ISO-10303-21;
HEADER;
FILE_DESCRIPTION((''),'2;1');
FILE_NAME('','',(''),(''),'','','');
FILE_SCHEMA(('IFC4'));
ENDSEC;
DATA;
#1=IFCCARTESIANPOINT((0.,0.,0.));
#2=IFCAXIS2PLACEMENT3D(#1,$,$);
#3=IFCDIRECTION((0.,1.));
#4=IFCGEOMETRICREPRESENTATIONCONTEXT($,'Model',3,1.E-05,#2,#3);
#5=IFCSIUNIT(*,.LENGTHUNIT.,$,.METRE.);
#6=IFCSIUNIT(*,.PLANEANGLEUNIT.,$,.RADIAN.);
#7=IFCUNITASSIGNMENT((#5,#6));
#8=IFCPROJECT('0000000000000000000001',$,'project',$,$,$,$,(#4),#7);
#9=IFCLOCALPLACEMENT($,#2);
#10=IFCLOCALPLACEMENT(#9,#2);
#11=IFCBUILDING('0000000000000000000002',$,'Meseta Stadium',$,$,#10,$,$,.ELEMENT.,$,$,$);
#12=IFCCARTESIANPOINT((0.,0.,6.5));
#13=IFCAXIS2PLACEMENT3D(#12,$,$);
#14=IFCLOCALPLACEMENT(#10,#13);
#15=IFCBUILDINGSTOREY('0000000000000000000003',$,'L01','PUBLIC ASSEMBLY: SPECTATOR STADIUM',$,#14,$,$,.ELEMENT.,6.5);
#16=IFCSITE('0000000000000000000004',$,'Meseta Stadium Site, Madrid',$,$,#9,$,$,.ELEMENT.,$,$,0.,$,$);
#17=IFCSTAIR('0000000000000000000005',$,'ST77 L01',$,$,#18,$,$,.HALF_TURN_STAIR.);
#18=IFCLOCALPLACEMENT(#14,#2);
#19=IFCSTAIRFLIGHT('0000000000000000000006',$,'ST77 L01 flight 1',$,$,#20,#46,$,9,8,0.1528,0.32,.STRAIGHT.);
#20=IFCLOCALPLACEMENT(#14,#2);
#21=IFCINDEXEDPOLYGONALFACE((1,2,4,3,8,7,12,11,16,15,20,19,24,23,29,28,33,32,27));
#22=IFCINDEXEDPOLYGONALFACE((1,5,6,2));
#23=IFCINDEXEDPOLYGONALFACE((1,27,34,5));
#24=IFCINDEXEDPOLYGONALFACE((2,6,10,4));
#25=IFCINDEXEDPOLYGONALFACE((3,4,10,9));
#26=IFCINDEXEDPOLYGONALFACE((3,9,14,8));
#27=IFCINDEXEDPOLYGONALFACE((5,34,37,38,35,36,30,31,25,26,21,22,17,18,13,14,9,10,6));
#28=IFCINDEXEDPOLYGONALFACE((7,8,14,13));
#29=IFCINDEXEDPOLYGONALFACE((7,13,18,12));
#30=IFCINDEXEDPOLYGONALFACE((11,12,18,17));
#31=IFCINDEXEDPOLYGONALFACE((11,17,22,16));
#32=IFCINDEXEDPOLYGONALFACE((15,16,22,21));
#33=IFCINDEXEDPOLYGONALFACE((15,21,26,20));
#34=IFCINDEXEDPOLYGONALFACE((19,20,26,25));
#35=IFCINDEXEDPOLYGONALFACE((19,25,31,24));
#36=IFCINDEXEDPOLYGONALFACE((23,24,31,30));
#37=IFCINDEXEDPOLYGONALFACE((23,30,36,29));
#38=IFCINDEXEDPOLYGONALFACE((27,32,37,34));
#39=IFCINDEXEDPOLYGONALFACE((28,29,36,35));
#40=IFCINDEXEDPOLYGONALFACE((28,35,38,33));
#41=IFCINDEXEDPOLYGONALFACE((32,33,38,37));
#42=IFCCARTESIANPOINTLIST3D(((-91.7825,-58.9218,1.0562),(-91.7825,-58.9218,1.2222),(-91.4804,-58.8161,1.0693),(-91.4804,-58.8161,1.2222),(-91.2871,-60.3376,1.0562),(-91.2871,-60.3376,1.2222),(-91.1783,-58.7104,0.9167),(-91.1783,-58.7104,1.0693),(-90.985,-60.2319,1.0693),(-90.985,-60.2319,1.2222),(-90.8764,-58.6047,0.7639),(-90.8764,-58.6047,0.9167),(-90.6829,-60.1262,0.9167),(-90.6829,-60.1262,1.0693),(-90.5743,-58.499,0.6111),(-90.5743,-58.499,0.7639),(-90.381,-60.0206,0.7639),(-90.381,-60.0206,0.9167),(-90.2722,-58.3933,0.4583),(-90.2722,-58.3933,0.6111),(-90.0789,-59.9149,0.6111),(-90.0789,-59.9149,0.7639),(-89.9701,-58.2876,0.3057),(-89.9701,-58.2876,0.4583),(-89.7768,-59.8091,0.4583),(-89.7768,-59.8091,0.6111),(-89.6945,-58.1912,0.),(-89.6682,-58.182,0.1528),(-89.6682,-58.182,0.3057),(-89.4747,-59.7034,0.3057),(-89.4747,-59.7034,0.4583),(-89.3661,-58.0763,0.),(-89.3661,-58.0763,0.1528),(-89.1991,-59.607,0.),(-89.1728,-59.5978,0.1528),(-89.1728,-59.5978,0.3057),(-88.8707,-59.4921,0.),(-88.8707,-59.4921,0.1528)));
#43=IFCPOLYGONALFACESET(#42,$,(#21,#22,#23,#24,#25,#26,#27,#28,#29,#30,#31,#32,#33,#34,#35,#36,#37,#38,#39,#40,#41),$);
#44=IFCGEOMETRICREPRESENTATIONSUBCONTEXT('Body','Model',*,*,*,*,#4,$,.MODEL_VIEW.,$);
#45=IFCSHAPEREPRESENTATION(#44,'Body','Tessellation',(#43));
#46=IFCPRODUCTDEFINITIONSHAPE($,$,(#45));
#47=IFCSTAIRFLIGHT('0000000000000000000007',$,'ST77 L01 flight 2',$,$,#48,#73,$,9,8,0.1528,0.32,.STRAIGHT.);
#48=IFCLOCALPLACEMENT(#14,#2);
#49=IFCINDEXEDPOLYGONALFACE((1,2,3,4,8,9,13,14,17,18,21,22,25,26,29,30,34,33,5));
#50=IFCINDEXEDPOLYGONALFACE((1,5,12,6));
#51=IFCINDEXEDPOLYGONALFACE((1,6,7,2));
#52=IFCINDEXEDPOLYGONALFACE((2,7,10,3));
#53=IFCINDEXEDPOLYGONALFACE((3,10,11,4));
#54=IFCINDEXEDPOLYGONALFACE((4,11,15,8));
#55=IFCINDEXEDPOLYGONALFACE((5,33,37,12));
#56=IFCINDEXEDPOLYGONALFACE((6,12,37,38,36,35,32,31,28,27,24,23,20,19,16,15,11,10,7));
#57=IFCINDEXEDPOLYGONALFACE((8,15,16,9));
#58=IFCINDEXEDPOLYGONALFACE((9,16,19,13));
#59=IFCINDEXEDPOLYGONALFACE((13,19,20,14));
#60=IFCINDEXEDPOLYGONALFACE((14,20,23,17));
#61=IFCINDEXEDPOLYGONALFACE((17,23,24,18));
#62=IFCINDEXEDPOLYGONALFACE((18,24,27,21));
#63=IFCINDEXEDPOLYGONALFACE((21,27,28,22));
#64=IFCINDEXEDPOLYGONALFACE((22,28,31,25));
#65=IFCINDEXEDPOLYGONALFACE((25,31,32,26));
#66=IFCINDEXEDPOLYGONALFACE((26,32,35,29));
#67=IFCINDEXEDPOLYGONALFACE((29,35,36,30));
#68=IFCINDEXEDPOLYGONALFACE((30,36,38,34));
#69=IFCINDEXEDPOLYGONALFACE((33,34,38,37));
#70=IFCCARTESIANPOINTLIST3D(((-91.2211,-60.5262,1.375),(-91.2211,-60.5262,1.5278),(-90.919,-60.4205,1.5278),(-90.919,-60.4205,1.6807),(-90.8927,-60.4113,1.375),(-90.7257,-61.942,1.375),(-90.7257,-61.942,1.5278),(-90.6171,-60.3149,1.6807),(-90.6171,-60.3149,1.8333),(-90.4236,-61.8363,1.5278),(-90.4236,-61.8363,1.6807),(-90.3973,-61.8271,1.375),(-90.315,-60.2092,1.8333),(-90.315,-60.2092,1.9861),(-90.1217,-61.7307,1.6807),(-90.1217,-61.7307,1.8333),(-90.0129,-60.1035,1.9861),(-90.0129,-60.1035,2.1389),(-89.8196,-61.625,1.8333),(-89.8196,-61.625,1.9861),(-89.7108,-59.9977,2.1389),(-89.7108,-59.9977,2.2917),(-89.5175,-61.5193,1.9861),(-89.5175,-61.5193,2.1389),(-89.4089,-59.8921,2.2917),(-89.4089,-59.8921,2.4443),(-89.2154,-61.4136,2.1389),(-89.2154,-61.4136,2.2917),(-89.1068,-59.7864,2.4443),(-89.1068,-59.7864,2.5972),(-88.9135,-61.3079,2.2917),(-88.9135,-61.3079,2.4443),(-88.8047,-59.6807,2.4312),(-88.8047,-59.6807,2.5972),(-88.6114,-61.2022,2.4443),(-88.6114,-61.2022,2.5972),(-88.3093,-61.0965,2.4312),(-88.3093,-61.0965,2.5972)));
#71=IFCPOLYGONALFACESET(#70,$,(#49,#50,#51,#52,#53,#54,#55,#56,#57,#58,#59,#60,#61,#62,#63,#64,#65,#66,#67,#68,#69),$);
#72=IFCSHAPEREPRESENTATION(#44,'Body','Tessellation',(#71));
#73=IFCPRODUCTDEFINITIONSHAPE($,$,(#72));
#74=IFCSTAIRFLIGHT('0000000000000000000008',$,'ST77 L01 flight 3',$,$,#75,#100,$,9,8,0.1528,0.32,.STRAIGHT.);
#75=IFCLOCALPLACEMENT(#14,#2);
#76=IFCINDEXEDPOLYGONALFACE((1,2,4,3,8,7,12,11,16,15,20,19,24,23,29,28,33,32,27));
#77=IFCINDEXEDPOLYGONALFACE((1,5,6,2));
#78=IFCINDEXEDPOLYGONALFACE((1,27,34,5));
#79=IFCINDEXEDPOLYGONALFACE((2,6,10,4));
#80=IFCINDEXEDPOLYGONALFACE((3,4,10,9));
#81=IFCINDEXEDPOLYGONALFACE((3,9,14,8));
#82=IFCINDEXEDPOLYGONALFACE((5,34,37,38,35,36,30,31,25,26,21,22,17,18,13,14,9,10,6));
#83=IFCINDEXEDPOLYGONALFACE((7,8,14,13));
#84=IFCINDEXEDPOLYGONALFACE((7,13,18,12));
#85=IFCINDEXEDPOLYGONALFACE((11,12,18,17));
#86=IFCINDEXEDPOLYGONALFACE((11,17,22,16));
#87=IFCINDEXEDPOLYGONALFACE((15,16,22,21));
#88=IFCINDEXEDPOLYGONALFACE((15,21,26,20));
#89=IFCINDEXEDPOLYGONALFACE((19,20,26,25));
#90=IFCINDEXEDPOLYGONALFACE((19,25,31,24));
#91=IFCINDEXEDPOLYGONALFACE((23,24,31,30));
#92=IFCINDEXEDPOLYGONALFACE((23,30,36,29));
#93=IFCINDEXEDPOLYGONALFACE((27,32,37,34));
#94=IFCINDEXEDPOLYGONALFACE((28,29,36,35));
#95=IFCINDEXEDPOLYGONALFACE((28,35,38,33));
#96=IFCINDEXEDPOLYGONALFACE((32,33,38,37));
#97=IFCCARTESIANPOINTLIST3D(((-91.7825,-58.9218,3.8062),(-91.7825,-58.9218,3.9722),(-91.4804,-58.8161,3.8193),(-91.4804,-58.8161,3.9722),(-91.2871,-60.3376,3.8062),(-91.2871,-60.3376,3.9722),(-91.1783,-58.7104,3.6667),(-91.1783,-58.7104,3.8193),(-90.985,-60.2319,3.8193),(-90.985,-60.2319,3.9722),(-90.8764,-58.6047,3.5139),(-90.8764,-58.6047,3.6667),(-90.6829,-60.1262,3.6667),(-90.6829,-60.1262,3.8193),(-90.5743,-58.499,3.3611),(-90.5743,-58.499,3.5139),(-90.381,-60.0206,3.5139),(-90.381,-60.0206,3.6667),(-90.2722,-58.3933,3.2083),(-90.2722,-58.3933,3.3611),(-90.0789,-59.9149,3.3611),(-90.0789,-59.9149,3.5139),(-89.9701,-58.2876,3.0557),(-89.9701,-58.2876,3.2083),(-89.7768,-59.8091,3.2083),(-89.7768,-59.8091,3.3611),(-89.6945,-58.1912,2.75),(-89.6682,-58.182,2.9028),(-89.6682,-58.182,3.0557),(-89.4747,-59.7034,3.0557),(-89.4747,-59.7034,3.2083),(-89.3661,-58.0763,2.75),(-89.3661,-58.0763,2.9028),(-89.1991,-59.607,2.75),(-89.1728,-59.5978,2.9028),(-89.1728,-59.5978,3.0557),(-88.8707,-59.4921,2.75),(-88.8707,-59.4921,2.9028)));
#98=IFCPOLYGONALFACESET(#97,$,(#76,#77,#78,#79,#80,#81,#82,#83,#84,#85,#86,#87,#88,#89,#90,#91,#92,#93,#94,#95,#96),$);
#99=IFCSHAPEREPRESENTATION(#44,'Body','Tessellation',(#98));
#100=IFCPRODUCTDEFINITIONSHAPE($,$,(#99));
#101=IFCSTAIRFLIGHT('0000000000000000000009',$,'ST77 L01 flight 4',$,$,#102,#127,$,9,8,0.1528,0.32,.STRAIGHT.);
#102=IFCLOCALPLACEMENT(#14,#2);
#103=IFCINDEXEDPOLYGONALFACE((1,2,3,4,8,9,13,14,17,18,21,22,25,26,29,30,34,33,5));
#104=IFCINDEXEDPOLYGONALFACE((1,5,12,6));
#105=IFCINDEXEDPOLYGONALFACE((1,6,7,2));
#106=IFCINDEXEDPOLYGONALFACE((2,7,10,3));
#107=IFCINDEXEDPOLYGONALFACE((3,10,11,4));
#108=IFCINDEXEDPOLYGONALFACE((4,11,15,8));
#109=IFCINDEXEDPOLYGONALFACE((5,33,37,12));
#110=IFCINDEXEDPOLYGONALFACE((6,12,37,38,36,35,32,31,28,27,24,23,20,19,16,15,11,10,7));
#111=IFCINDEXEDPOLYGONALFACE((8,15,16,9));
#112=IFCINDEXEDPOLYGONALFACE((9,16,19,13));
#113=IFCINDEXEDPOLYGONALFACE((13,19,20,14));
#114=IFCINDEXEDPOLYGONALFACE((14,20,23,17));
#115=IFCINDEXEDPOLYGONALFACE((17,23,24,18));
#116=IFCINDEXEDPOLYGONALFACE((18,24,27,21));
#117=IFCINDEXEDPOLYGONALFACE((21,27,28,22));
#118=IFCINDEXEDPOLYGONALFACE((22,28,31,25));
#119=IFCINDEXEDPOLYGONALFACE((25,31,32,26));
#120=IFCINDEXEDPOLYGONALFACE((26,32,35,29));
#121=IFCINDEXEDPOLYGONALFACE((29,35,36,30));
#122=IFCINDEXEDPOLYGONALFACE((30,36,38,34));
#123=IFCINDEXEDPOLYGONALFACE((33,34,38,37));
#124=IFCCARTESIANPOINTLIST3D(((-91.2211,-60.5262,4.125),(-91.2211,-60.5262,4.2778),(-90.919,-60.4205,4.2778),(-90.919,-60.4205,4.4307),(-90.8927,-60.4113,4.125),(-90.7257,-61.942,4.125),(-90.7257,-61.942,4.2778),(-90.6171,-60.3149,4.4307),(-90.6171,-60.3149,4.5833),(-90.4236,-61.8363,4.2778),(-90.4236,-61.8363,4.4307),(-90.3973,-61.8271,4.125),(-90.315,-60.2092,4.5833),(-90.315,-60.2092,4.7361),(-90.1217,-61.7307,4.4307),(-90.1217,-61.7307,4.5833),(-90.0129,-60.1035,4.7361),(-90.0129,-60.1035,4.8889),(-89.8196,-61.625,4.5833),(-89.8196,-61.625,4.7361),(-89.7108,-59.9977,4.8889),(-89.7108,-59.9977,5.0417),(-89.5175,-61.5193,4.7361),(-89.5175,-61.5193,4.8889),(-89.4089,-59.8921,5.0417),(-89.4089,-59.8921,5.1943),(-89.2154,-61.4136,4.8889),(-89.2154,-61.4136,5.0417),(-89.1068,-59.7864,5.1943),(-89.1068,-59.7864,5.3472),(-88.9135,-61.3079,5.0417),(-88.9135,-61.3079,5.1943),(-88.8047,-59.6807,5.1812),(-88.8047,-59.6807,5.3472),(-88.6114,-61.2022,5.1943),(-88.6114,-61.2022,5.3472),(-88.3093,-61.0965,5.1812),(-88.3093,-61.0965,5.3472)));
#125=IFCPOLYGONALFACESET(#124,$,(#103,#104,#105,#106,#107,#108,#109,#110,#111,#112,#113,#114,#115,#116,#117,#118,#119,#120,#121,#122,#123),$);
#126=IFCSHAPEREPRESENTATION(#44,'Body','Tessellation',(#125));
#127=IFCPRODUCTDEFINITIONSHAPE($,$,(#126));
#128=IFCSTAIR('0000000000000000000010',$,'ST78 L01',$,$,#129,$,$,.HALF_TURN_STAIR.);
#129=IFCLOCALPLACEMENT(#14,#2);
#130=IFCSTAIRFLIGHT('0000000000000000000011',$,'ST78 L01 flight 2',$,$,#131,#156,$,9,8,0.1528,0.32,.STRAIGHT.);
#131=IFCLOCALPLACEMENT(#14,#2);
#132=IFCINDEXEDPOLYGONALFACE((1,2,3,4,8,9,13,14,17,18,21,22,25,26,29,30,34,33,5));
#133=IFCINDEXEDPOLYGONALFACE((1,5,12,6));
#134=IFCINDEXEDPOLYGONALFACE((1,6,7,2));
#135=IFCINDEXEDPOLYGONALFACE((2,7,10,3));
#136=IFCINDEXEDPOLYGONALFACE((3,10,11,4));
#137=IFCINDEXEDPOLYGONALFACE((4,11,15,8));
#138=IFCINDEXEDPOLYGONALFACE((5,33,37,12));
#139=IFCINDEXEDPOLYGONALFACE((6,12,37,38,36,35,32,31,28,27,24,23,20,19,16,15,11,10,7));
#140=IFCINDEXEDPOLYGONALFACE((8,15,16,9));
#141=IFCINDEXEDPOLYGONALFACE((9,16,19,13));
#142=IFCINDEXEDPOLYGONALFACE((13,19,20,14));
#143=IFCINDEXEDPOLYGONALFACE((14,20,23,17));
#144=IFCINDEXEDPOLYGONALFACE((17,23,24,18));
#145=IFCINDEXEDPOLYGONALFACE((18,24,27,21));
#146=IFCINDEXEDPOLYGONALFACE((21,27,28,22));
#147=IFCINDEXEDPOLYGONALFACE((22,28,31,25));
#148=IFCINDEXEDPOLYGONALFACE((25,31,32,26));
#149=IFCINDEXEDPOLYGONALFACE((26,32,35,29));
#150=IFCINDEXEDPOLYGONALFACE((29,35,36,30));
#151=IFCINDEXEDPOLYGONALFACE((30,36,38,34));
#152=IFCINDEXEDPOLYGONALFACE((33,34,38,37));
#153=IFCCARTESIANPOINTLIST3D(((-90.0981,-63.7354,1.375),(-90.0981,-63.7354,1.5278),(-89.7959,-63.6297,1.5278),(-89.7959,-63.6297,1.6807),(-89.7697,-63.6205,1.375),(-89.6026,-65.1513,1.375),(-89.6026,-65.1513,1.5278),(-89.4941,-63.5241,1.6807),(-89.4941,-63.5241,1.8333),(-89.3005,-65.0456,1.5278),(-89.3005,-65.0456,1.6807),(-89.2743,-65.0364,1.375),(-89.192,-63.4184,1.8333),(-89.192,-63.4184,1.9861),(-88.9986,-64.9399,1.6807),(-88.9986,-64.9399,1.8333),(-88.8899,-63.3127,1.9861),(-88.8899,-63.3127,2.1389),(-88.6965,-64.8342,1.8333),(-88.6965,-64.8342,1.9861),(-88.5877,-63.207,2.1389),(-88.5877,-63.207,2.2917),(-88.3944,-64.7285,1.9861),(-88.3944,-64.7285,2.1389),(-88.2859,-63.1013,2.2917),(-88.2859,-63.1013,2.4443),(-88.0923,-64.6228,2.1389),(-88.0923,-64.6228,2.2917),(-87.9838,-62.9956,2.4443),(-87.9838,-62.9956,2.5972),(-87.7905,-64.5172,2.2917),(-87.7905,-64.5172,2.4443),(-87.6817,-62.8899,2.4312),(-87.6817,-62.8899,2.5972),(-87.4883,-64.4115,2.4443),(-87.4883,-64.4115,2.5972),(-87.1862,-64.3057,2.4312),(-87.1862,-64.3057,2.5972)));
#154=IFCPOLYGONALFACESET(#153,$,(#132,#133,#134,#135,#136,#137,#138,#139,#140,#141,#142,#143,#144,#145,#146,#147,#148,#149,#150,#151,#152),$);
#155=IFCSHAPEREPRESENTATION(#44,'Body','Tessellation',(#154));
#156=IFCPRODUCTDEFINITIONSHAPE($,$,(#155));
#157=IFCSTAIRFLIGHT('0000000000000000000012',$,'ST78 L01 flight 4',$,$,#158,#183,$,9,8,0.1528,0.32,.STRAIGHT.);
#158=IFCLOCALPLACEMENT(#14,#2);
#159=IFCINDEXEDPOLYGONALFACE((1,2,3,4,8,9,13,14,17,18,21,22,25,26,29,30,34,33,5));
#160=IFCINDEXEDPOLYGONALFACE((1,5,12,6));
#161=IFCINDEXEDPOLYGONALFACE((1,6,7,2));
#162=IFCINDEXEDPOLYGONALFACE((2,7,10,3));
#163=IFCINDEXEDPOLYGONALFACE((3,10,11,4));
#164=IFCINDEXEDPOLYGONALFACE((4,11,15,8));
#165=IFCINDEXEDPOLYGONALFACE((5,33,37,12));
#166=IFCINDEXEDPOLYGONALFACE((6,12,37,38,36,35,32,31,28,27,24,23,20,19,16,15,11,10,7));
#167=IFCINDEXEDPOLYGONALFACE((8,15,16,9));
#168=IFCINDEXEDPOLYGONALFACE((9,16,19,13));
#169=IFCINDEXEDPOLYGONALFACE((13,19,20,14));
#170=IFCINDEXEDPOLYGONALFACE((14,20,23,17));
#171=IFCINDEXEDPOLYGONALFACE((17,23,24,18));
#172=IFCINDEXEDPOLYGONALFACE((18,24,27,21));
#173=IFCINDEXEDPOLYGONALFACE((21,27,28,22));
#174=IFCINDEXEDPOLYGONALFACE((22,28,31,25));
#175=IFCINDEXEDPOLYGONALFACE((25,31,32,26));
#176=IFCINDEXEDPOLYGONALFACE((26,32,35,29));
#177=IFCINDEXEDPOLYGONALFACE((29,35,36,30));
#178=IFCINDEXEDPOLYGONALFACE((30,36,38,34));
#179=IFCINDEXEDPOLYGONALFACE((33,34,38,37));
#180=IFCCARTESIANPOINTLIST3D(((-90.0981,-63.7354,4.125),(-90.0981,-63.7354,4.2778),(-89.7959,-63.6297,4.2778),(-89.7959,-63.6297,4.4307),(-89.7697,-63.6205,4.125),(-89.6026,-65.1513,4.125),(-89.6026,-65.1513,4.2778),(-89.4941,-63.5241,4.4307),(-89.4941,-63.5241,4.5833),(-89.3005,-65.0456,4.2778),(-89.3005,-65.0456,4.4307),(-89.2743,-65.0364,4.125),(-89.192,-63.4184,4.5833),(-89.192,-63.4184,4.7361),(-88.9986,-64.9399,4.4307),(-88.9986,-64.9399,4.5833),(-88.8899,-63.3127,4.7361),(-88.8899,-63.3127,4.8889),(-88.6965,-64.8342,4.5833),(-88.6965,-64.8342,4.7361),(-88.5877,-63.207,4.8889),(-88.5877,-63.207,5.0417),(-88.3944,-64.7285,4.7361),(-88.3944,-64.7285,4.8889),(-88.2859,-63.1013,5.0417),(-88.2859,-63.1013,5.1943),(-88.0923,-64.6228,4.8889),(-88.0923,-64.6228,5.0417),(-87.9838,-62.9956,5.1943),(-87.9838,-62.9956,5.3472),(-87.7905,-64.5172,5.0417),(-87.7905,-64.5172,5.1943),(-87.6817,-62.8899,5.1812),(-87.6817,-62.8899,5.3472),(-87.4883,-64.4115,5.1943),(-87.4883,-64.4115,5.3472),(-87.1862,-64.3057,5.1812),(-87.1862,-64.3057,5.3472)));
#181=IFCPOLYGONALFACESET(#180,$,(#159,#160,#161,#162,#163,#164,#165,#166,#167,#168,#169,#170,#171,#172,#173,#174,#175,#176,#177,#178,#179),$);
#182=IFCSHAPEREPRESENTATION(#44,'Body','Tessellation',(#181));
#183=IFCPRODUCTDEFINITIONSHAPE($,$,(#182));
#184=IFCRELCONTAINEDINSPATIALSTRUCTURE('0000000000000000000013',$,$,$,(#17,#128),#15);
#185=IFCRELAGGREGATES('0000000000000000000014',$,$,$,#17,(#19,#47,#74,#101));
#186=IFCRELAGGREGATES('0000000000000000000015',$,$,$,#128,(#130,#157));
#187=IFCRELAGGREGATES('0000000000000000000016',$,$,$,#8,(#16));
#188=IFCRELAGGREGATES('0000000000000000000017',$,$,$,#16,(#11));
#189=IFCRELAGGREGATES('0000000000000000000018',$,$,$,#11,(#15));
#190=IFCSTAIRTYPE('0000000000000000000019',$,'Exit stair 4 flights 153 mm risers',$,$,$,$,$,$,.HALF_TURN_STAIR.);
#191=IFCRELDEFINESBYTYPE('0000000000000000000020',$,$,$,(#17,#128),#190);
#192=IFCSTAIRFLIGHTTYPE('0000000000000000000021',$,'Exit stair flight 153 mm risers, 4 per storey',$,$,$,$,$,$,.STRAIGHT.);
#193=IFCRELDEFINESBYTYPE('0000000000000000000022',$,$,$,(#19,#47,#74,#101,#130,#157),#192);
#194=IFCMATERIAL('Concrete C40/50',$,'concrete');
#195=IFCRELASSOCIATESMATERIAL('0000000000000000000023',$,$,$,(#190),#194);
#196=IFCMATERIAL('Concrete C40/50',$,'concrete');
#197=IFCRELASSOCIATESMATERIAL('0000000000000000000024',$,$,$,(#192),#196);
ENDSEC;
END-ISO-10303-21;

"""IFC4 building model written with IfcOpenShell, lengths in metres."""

from ifc_helpers import new_model, si_unit, direction, frame, origin, place, context, subcontext, project, spatial, polyline, outline, extrude, material, type_object, element, aggregate, save


model = new_model("IFC4")

# Units and contexts
model_context = context("Model", 3, precision=1e-05, world=origin(), true_north=direction((0.0, 1.0)))
body_context = subcontext(model_context, "Body", "Model", "MODEL_VIEW")
ifc_project = project(units=[si_unit("LENGTHUNIT", "METRE"), si_unit("PLANEANGLEUNIT", "RADIAN")], contexts=[model_context])

# Site, building, storey
site_placement = place(None, origin())
site = spatial("IfcSite", under=ifc_project, at=site_placement, Name="Meseta Stadium Site, Madrid", CompositionType="ELEMENT", RefElevation=0.0)
building_placement = place(site_placement, origin())
building = spatial("IfcBuilding", under=site, at=building_placement, Name="Meseta Stadium", CompositionType="ELEMENT")
storey_placement = place(building_placement, frame((0.0, 0.0, 6.5)))
storey = spatial("IfcBuildingStorey", under=building, at=storey_placement, Name="L01", Description="PUBLIC ASSEMBLY: SPECTATOR STADIUM", CompositionType="ELEMENT", Elevation=6.5)

# Stairs, stair flights
ifc_material_1 = material(Name="Concrete C40/50", Category="concrete")
stair_type = type_object("IfcStairType", Name="Exit stair 4 flights 153 mm risers", PredefinedType="HALF_TURN_STAIR", material=ifc_material_1)
stair_1_placement = place(storey_placement, origin())
stair_1 = element("IfcStair", 1, at=stair_1_placement, inside=storey, type_object=stair_type, Name="ST77 L01", PredefinedType="HALF_TURN_STAIR")
ifc_material_2 = material(Name="Concrete C40/50", Category="concrete")
stair_flight_type = type_object("IfcStairFlightType", Name="Exit stair flight 153 mm risers, 4 per storey", PredefinedType="STRAIGHT", material=ifc_material_2)
stair_flight_1_placement = place(storey_placement, frame((-89.1184, -58.7842, 0.0), z_axis=(0.0, 0.0, 1.0), x_axis=(-0.943883, -0.330279, 0.0)))
stair_flight_1 = element("IfcStairFlight", 2, at=stair_flight_1_placement, type_object=stair_flight_type, Name="ST77 L01 flight 1", NumberOfRisers=9, NumberOfTreads=8, PredefinedType="STRAIGHT", RiserHeight=0.1528, TreadLength=0.32, context=body_context, shape_type="SweptSolid", body=[
    extrude(outline(polyline([(0.0, 0.0), (0.0, 0.1528), (0.3201, 0.1528), (0.3201, 0.3057), (0.6399, 0.3057), (0.6399, 0.4583), (0.96, 0.4583), (0.96, 0.6111), (1.28, 0.6111), (1.28, 0.7639), (1.6001, 0.7639), (1.6001, 0.9167), (1.9199, 0.9167), (1.9199, 1.0693), (2.24, 1.0693), (2.24, 1.2222), (2.5601, 1.2222), (2.5601, 1.0562), (0.3479, 0.0), (0.0, 0.0)])), frame((0.0, 0.75, 0.0), z_axis=(0.0, -1.0, 0.0), x_axis=(1.0, 0.0, 0.0)), (0.0, 0.0, 1.0), 1.5),
])
stair_flight_2_placement = place(storey_placement, frame((-90.9734, -61.2341, 1.375), z_axis=(0.0, 0.0, 1.0), x_axis=(0.943883, 0.330279, 0.0)))
stair_flight_2 = element("IfcStairFlight", 3, at=stair_flight_2_placement, type_object=stair_flight_type, Name="ST77 L01 flight 2", NumberOfRisers=9, NumberOfTreads=8, PredefinedType="STRAIGHT", RiserHeight=0.1528, TreadLength=0.32, context=body_context, shape_type="SweptSolid", body=[
    extrude(outline(polyline([(0.0, 0.0), (0.0, 0.1528), (0.3201, 0.1528), (0.3201, 0.3057), (0.6399, 0.3057), (0.6399, 0.4583), (0.96, 0.4583), (0.96, 0.6111), (1.28, 0.6111), (1.28, 0.7639), (1.6001, 0.7639), (1.6001, 0.9167), (1.9199, 0.9167), (1.9199, 1.0693), (2.24, 1.0693), (2.24, 1.2222), (2.5601, 1.2222), (2.5601, 1.0562), (0.3479, 0.0), (0.0, 0.0)])), frame((0.0, 0.75, 0.0), z_axis=(0.0, -1.0, 0.0), x_axis=(1.0, 0.0, 0.0)), (0.0, 0.0, 1.0), 1.5),
])
stair_flight_3_placement = place(storey_placement, frame((-89.1184, -58.7842, 2.75), z_axis=(0.0, 0.0, 1.0), x_axis=(-0.943883, -0.330279, 0.0)))
stair_flight_3 = element("IfcStairFlight", 4, at=stair_flight_3_placement, type_object=stair_flight_type, Name="ST77 L01 flight 3", NumberOfRisers=9, NumberOfTreads=8, PredefinedType="STRAIGHT", RiserHeight=0.1528, TreadLength=0.32, context=body_context, shape_type="SweptSolid", body=[
    extrude(outline(polyline([(0.0, 0.0), (0.0, 0.1528), (0.3201, 0.1528), (0.3201, 0.3057), (0.6399, 0.3057), (0.6399, 0.4583), (0.96, 0.4583), (0.96, 0.6111), (1.28, 0.6111), (1.28, 0.7639), (1.6001, 0.7639), (1.6001, 0.9167), (1.9199, 0.9167), (1.9199, 1.0693), (2.24, 1.0693), (2.24, 1.2222), (2.5601, 1.2222), (2.5601, 1.0562), (0.3479, 0.0), (0.0, 0.0)])), frame((0.0, 0.75, 0.0), z_axis=(0.0, -1.0, 0.0), x_axis=(1.0, 0.0, 0.0)), (0.0, 0.0, 1.0), 1.5),
])
stair_flight_4_placement = place(storey_placement, frame((-90.9734, -61.2341, 4.125), z_axis=(0.0, 0.0, 1.0), x_axis=(0.943883, 0.330279, 0.0)))
stair_flight_4 = element("IfcStairFlight", 5, at=stair_flight_4_placement, type_object=stair_flight_type, Name="ST77 L01 flight 4", NumberOfRisers=9, NumberOfTreads=8, PredefinedType="STRAIGHT", RiserHeight=0.1528, TreadLength=0.32, context=body_context, shape_type="SweptSolid", body=[
    extrude(outline(polyline([(0.0, 0.0), (0.0, 0.1528), (0.3201, 0.1528), (0.3201, 0.3057), (0.6399, 0.3057), (0.6399, 0.4583), (0.96, 0.4583), (0.96, 0.6111), (1.28, 0.6111), (1.28, 0.7639), (1.6001, 0.7639), (1.6001, 0.9167), (1.9199, 0.9167), (1.9199, 1.0693), (2.24, 1.0693), (2.24, 1.2222), (2.5601, 1.2222), (2.5601, 1.0562), (0.3479, 0.0), (0.0, 0.0)])), frame((0.0, 0.75, 0.0), z_axis=(0.0, -1.0, 0.0), x_axis=(1.0, 0.0, 0.0)), (0.0, 0.0, 1.0), 1.5),
])
aggregate(stair_1, [stair_flight_1, stair_flight_2, stair_flight_3, stair_flight_4])
stair_2_placement = place(storey_placement, origin())
stair_2 = element("IfcStair", 6, at=stair_2_placement, inside=storey, type_object=stair_type, Name="ST78 L01", PredefinedType="HALF_TURN_STAIR")
stair_flight_5_placement = place(storey_placement, frame((-89.8503, -64.4434, 1.375), z_axis=(0.0, 0.0, 1.0), x_axis=(0.943883, 0.330279, 0.0)))
stair_flight_5 = element("IfcStairFlight", 7, at=stair_flight_5_placement, type_object=stair_flight_type, Name="ST78 L01 flight 2", NumberOfRisers=9, NumberOfTreads=8, PredefinedType="STRAIGHT", RiserHeight=0.1528, TreadLength=0.32, context=body_context, shape_type="SweptSolid", body=[
    extrude(outline(polyline([(0.0, 0.0), (0.0, 0.1528), (0.3201, 0.1528), (0.3201, 0.3057), (0.6399, 0.3057), (0.6399, 0.4583), (0.96, 0.4583), (0.96, 0.6111), (1.28, 0.6111), (1.28, 0.7639), (1.6001, 0.7639), (1.6001, 0.9167), (1.9199, 0.9167), (1.9199, 1.0693), (2.24, 1.0693), (2.24, 1.2222), (2.5601, 1.2222), (2.5601, 1.0562), (0.3479, 0.0), (0.0, 0.0)])), frame((0.0, 0.75, 0.0), z_axis=(0.0, -1.0, 0.0), x_axis=(1.0, 0.0, 0.0)), (0.0, 0.0, 1.0), 1.5),
])
stair_flight_6_placement = place(storey_placement, frame((-89.8503, -64.4434, 4.125), z_axis=(0.0, 0.0, 1.0), x_axis=(0.943883, 0.330279, 0.0)))
stair_flight_6 = element("IfcStairFlight", 8, at=stair_flight_6_placement, type_object=stair_flight_type, Name="ST78 L01 flight 4", NumberOfRisers=9, NumberOfTreads=8, PredefinedType="STRAIGHT", RiserHeight=0.1528, TreadLength=0.32, context=body_context, shape_type="SweptSolid", body=[
    extrude(outline(polyline([(0.0, 0.0), (0.0, 0.1528), (0.3201, 0.1528), (0.3201, 0.3057), (0.6399, 0.3057), (0.6399, 0.4583), (0.96, 0.4583), (0.96, 0.6111), (1.28, 0.6111), (1.28, 0.7639), (1.6001, 0.7639), (1.6001, 0.9167), (1.9199, 0.9167), (1.9199, 1.0693), (2.24, 1.0693), (2.24, 1.2222), (2.5601, 1.2222), (2.5601, 1.0562), (0.3479, 0.0), (0.0, 0.0)])), frame((0.0, 0.75, 0.0), z_axis=(0.0, -1.0, 0.0), x_axis=(1.0, 0.0, 0.0)), (0.0, 0.0, 1.0), 1.5),
])
aggregate(stair_2, [stair_flight_5, stair_flight_6])

save(model, "model.ifc")
